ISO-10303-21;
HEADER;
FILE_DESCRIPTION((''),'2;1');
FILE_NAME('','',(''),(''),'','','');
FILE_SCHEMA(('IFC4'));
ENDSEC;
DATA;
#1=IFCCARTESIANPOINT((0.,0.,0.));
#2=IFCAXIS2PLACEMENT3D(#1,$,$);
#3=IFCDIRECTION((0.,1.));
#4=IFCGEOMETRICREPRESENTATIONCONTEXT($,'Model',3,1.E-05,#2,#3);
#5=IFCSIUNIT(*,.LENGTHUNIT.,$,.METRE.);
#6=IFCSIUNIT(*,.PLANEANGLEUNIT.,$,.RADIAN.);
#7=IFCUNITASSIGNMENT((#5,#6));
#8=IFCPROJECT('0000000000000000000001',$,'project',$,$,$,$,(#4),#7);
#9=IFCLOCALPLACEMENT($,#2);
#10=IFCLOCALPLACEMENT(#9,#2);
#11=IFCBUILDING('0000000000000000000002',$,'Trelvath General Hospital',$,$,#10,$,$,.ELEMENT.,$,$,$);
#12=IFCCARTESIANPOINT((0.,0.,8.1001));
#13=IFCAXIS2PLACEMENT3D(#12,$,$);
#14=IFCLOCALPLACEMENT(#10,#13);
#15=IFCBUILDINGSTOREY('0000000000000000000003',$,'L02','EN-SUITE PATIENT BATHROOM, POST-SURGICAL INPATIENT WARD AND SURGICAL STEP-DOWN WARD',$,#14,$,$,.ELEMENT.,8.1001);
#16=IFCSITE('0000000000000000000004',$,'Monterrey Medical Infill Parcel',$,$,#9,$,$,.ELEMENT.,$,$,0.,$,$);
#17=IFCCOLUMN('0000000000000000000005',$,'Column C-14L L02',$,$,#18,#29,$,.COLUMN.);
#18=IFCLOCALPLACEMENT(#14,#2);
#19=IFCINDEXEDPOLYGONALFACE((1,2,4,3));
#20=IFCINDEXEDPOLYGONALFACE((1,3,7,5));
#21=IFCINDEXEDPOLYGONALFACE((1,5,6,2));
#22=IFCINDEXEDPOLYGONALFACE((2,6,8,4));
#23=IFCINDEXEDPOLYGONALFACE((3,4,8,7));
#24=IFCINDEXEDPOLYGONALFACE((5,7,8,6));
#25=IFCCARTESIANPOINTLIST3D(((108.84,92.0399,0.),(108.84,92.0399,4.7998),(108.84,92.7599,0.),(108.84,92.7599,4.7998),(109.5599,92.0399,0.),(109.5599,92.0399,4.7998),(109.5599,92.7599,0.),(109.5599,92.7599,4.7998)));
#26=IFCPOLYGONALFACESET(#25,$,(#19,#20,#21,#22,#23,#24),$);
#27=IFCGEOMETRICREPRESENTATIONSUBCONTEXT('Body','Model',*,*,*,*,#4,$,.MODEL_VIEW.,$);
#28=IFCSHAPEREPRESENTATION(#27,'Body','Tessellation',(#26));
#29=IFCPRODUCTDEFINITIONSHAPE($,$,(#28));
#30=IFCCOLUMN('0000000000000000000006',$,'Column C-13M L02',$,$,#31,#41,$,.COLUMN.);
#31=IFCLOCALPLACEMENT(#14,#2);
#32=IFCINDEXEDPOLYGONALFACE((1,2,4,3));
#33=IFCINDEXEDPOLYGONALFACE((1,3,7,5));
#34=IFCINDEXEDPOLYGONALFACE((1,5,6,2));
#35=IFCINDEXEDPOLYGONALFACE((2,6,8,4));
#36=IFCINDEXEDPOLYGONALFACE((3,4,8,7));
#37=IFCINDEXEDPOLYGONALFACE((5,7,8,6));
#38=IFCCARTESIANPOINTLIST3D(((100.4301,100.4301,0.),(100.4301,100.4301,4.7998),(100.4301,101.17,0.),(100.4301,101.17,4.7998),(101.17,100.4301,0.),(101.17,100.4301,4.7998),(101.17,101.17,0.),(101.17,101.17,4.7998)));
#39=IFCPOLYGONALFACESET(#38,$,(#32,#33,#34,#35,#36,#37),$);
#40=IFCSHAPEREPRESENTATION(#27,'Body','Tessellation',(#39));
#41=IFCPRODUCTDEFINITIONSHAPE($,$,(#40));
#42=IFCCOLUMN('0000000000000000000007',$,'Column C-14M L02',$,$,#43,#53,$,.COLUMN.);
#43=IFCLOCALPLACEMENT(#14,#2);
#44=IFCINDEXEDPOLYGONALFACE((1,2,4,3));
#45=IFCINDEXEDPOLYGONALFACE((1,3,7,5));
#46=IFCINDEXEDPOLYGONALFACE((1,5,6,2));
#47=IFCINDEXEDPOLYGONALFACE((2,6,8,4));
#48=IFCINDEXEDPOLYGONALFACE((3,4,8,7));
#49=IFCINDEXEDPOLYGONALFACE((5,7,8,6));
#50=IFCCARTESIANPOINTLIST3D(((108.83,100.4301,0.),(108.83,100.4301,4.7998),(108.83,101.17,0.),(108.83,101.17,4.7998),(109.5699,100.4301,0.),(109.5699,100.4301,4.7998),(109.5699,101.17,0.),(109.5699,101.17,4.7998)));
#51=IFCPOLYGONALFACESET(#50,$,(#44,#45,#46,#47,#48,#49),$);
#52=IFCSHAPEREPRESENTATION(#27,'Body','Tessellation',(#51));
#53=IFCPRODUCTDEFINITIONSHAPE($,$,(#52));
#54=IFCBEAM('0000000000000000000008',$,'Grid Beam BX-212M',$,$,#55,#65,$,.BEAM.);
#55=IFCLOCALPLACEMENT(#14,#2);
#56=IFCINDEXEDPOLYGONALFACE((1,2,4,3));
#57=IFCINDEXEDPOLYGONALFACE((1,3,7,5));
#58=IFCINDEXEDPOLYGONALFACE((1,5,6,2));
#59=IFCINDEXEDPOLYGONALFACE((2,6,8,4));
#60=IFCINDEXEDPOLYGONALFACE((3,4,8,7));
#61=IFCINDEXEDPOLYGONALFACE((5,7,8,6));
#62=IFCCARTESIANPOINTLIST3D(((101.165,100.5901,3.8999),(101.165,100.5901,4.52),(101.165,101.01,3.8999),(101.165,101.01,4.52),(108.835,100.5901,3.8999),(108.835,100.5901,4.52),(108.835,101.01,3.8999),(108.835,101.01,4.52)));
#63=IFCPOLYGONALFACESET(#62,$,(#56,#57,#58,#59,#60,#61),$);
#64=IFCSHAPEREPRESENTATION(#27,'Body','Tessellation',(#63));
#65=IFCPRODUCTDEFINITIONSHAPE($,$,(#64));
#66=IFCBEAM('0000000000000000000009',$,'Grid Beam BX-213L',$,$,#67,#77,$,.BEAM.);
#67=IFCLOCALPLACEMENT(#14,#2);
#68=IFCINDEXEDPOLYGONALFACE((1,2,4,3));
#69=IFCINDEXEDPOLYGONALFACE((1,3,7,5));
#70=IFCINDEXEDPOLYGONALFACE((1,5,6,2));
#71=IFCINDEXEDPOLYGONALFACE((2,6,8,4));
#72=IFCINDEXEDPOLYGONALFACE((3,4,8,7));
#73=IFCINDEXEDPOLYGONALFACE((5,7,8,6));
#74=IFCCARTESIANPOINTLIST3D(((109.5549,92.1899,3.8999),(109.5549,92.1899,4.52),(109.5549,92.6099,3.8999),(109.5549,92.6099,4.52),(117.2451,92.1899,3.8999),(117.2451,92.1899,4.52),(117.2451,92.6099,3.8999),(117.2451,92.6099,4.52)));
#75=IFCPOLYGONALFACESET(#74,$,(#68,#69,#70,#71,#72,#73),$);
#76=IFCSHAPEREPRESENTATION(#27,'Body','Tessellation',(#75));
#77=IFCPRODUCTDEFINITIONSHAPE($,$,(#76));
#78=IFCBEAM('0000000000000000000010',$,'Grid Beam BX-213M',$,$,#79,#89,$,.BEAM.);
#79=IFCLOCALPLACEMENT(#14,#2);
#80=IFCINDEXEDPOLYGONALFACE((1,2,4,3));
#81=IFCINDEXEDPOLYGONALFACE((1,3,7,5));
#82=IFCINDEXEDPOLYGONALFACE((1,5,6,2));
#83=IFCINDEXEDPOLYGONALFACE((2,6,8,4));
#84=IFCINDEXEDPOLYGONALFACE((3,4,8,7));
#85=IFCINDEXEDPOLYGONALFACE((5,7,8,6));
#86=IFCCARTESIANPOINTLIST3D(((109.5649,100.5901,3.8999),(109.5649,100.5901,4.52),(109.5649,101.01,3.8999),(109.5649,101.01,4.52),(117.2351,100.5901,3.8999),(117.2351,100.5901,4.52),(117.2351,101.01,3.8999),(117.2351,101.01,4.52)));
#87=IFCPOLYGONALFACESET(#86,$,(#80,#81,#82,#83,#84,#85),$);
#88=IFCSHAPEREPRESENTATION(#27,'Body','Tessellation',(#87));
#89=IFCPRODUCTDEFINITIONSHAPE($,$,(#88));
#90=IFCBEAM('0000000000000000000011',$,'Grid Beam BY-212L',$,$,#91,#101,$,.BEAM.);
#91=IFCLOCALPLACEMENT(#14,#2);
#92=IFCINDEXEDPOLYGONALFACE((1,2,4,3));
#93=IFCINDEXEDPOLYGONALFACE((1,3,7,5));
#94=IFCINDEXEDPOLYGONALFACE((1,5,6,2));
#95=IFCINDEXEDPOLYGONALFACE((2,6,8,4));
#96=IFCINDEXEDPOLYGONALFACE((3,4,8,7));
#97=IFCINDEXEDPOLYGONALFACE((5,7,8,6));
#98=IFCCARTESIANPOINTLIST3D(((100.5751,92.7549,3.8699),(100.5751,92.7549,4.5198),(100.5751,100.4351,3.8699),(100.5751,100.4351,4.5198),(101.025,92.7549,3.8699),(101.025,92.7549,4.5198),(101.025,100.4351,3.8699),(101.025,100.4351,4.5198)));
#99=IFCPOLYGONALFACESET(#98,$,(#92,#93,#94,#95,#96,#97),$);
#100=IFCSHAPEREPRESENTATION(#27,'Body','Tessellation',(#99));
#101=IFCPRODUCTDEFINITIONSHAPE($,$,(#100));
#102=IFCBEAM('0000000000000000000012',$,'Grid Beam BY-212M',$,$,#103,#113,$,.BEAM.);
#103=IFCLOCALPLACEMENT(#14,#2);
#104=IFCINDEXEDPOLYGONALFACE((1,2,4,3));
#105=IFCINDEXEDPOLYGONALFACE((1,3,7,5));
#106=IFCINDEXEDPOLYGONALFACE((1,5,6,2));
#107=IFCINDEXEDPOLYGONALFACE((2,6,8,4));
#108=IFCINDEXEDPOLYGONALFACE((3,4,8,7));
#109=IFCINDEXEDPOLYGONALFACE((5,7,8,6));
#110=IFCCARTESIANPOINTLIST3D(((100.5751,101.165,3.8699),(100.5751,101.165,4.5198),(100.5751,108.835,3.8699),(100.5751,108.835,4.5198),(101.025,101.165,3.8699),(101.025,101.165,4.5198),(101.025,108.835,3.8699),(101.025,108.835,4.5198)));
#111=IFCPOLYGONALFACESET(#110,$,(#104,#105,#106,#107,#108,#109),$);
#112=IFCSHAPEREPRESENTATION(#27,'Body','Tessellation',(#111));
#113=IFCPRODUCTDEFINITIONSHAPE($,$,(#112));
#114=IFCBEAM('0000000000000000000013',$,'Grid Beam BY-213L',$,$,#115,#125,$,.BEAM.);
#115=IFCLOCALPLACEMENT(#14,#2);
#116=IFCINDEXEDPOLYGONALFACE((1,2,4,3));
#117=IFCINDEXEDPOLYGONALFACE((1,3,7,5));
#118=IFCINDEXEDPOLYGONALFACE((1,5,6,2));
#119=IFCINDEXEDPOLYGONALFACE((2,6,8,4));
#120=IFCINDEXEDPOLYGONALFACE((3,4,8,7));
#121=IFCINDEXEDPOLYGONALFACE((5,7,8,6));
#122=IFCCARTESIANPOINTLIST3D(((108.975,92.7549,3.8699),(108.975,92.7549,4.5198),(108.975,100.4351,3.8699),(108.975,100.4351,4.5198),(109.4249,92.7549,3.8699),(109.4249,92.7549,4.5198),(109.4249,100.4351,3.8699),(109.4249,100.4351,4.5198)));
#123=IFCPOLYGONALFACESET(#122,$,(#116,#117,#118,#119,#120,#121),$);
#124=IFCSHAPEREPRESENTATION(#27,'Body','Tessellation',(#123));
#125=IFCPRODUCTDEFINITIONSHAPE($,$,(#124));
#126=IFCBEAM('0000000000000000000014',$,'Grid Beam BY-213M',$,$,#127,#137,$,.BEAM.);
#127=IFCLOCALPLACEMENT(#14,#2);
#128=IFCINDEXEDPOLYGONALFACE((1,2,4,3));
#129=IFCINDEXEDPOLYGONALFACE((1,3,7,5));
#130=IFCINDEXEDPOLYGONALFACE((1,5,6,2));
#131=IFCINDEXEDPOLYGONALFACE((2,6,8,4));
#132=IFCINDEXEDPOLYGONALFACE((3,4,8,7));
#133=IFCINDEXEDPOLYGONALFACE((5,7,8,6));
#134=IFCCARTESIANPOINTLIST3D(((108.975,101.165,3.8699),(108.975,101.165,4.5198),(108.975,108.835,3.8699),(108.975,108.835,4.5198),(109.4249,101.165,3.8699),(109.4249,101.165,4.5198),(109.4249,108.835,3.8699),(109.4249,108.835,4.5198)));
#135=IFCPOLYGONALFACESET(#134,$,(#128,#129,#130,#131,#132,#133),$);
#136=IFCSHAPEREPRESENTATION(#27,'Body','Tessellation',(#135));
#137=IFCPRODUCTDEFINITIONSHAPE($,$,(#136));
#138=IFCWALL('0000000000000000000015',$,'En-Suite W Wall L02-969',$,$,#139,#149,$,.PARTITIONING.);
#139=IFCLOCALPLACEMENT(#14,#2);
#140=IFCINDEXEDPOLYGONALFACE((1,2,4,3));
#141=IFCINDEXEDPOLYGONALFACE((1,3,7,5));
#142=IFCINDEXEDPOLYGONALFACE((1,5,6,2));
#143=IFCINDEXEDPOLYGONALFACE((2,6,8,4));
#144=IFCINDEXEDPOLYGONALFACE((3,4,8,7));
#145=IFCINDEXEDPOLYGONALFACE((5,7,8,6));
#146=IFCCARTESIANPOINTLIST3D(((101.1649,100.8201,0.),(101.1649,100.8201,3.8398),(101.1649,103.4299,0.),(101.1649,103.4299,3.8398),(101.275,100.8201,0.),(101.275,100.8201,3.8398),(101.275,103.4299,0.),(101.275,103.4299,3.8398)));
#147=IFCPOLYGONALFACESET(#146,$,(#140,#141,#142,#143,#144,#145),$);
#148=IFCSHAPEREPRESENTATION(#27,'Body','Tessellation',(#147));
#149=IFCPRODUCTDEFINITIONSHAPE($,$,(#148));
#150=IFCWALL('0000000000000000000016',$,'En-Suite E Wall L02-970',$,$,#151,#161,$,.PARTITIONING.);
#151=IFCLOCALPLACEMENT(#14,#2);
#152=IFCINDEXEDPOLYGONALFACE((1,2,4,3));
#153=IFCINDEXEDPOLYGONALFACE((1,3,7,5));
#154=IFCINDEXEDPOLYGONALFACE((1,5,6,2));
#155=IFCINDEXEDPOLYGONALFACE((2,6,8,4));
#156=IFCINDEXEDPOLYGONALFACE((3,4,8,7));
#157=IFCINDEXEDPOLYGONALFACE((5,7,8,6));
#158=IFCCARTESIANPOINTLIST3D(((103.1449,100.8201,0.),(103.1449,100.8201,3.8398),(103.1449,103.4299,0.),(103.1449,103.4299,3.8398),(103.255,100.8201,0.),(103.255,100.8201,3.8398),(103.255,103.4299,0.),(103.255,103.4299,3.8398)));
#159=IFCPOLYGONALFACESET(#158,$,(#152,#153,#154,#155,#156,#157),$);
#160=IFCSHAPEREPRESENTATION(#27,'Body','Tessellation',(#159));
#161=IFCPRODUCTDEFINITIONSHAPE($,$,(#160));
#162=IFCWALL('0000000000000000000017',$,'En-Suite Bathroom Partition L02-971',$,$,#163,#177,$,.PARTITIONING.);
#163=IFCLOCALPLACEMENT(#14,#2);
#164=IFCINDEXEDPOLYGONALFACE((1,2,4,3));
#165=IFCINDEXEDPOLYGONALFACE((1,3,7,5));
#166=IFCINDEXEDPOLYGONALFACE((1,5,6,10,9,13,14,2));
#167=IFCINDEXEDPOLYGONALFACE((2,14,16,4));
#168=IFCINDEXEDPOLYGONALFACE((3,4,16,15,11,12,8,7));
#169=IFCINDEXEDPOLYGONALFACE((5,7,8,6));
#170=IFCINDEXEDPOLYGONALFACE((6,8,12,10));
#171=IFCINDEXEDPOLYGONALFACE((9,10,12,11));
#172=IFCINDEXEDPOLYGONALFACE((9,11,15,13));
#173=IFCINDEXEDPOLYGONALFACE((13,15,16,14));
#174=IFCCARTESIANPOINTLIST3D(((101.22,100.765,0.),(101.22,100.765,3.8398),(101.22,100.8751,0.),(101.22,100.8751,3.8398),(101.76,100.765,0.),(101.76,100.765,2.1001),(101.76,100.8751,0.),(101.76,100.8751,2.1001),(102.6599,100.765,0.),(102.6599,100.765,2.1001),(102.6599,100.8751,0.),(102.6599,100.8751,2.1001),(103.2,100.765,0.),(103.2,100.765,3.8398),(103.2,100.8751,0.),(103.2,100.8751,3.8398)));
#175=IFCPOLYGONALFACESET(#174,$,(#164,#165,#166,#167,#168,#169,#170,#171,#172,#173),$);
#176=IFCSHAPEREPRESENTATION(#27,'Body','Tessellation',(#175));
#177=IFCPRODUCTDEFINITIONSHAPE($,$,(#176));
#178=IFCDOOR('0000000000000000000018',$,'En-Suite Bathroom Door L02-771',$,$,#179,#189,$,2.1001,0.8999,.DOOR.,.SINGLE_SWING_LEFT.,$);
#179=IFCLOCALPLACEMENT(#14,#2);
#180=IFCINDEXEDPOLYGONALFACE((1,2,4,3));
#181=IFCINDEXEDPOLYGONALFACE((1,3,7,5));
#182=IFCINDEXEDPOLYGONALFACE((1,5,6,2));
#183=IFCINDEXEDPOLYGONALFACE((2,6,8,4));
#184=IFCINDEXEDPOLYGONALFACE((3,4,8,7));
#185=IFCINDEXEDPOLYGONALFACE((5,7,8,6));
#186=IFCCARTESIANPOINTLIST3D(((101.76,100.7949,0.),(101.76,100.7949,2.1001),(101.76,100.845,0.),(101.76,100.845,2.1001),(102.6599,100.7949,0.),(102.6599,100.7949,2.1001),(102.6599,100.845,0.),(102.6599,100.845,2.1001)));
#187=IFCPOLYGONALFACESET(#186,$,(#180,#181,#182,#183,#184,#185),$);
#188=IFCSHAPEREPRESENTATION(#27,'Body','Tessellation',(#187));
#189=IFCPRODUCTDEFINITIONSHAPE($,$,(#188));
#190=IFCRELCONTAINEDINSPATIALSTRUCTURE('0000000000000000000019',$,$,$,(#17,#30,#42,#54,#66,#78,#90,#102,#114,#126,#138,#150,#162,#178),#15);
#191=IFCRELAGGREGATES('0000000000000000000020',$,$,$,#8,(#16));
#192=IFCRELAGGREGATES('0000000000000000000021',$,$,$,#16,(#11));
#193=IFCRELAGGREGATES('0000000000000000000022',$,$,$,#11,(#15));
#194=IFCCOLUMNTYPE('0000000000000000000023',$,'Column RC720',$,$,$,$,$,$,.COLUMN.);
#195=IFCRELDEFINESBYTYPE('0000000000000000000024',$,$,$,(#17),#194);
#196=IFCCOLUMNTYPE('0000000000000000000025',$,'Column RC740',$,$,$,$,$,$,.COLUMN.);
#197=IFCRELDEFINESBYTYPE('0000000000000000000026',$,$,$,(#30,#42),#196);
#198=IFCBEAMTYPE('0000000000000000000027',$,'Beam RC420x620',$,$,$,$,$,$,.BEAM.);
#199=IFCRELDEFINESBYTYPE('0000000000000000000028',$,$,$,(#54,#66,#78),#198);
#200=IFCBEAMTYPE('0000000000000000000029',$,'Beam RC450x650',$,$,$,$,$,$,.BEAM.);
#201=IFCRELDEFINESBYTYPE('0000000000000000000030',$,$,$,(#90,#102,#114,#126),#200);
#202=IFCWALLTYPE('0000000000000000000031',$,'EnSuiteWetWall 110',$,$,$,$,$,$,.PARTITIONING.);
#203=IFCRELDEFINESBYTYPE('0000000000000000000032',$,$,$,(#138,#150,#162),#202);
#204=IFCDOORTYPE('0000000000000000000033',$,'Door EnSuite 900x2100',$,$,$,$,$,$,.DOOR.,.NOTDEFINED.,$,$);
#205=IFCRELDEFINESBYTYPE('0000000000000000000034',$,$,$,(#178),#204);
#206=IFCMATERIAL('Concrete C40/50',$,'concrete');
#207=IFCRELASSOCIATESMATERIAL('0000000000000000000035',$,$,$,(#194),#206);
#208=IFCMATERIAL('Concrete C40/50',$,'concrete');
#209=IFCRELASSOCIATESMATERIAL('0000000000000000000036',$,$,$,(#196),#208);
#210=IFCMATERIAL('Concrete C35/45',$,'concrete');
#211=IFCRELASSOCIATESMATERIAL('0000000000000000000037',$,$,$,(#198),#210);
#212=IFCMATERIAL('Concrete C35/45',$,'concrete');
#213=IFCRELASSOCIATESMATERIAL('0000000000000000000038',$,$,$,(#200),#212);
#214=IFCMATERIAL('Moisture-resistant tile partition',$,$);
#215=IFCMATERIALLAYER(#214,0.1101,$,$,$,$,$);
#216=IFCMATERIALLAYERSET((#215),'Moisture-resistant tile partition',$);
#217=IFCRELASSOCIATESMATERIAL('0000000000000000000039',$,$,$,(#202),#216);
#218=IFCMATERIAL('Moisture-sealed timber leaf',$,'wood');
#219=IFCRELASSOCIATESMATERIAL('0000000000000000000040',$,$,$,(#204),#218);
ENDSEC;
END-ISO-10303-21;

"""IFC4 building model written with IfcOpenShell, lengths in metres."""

from ifc_helpers import new_model, si_unit, direction, frame, frame_2d, origin, origin_2d, place, context, subcontext, project, spatial, rectangle, extrude, material, layer, layer_set, material_profile, profile_set, type_object, element, fill, save


model = new_model("IFC4")

# Units and contexts
model_context = context("Model", 3, precision=1e-05, world=origin(), true_north=direction((0.0, 1.0)))
body_context = subcontext(model_context, "Body", "Model", "MODEL_VIEW")
ifc_project = project(units=[si_unit("LENGTHUNIT", "METRE"), si_unit("PLANEANGLEUNIT", "RADIAN")], contexts=[model_context])

# Site, building, storey
site_placement = place(None, origin())
site = spatial("IfcSite", under=ifc_project, at=site_placement, Name="Monterrey Medical Infill Parcel", CompositionType="ELEMENT", RefElevation=0.0)
building_placement = place(site_placement, origin())
building = spatial("IfcBuilding", under=site, at=building_placement, Name="Trelvath General Hospital", CompositionType="ELEMENT")
storey_placement = place(building_placement, frame((0.0, 0.0, 8.1001)))
storey = spatial("IfcBuildingStorey", under=building, at=storey_placement, Name="L02", Description="EN-SUITE PATIENT BATHROOM, POST-SURGICAL INPATIENT WARD AND SURGICAL STEP-DOWN WARD", CompositionType="ELEMENT", Elevation=8.1001)

# Columns
ifc_material_1 = material(Name="Concrete C40/50", Category="concrete")
ifc_material_profile_1 = material_profile(ifc_material_1, rectangle(XDim=0.72, YDim=0.72, at=origin_2d()), Name="RC720x720")
ifc_profile_set_1 = profile_set([ifc_material_profile_1], Name="Concrete C40/50")
column_type_1 = type_object("IfcColumnType", Name="Column RC720", PredefinedType="COLUMN", material=ifc_profile_set_1)
column_placement = place(storey_placement, frame((109.2, 92.3999, 0.0), z_axis=(0.0, 0.0, 1.0), x_axis=(1.0, 0.0, 0.0)))
element("IfcColumn", 1, at=column_placement, inside=storey, type_object=column_type_1, Name="Column C-14L L02", PredefinedType="COLUMN", context=body_context, shape_type="SweptSolid", body=[
    extrude(rectangle(XDim=0.72, YDim=0.72, at=origin_2d()), origin(), (0.0, 0.0, 1.0), 4.7998),
])
ifc_material_2 = material(Name="Concrete C40/50", Category="concrete")
ifc_material_profile_2 = material_profile(ifc_material_2, rectangle(XDim=0.74, YDim=0.74, at=origin_2d()), Name="RC740x740")
ifc_profile_set_2 = profile_set([ifc_material_profile_2], Name="Concrete C40/50")
column_type_2 = type_object("IfcColumnType", Name="Column RC740", PredefinedType="COLUMN", material=ifc_profile_set_2)
for number, where, z_axis, x_axis, name in (
    (2, (100.8, 100.8, 0.0), (0.0, 0.0, 1.0), (1.0, 0.0, 0.0), "Column C-13M L02"),
    (3, (109.2, 100.8, 0.0), (0.0, 0.0, 1.0), (1.0, 0.0, 0.0), "Column C-14M L02"),
):
    element("IfcColumn", number, at=place(storey_placement, frame(where, z_axis=z_axis, x_axis=x_axis)), inside=storey, type_object=column_type_2, Name=name, PredefinedType="COLUMN", context=body_context, shape_type="SweptSolid", body=[
        extrude(rectangle(XDim=0.74, YDim=0.74, at=origin_2d()), origin(), (0.0, 0.0, 1.0), 4.7998),
    ])

# Beams
ifc_material_3 = material(Name="Concrete C35/45", Category="concrete")
ifc_material_profile_3 = material_profile(ifc_material_3, rectangle(XDim=0.4199, YDim=0.6201, at=origin_2d()), Name="RCB420x620")
ifc_profile_set_3 = profile_set([ifc_material_profile_3], Name="Concrete C35/45")
beam_type_1 = type_object("IfcBeamType", Name="Beam RC420x620", PredefinedType="BEAM", material=ifc_profile_set_3)
beam_1_placement = place(storey_placement, frame((101.165, 100.8, 4.21), z_axis=(1.0, 0.0, 0.0), x_axis=(0.0, 1.0, 0.0)))
element("IfcBeam", 4, at=beam_1_placement, inside=storey, type_object=beam_type_1, Name="Grid Beam BX-212M", PredefinedType="BEAM", context=body_context, shape_type="SweptSolid", body=[
    extrude(rectangle(XDim=0.4199, YDim=0.6201, at=origin_2d()), origin(), (0.0, 0.0, 1.0), 7.6699),
])
beam_2_placement = place(storey_placement, frame((109.5549, 92.3999, 4.21), z_axis=(1.0, 0.0, 0.0), x_axis=(0.0, 1.0, 0.0)))
element("IfcBeam", 5, at=beam_2_placement, inside=storey, type_object=beam_type_1, Name="Grid Beam BX-213L", PredefinedType="BEAM", context=body_context, shape_type="SweptSolid", body=[
    extrude(rectangle(XDim=0.4199, YDim=0.6201, at=origin_2d()), origin(), (0.0, 0.0, 1.0), 7.6902),
])
beam_3_placement = place(storey_placement, frame((109.5649, 100.8, 4.21), z_axis=(1.0, 0.0, 0.0), x_axis=(0.0, 1.0, 0.0)))
element("IfcBeam", 6, at=beam_3_placement, inside=storey, type_object=beam_type_1, Name="Grid Beam BX-213M", PredefinedType="BEAM", context=body_context, shape_type="SweptSolid", body=[
    extrude(rectangle(XDim=0.4199, YDim=0.6201, at=origin_2d()), origin(), (0.0, 0.0, 1.0), 7.6702),
])
ifc_material_4 = material(Name="Concrete C35/45", Category="concrete")
ifc_material_profile_4 = material_profile(ifc_material_4, rectangle(XDim=0.45, YDim=0.6499, at=origin_2d()), Name="RCB450x650")
ifc_profile_set_4 = profile_set([ifc_material_profile_4], Name="Concrete C35/45")
beam_type_2 = type_object("IfcBeamType", Name="Beam RC450x650", PredefinedType="BEAM", material=ifc_profile_set_4)
beam_4_placement = place(storey_placement, frame((100.8, 92.7549, 4.1948), z_axis=(0.0, 1.0, 0.0), x_axis=(-1.0, 0.0, 0.0)))
element("IfcBeam", 7, at=beam_4_placement, inside=storey, type_object=beam_type_2, Name="Grid Beam BY-212L", PredefinedType="BEAM", context=body_context, shape_type="SweptSolid", body=[
    extrude(rectangle(XDim=0.45, YDim=0.6499, at=origin_2d()), origin(), (0.0, 0.0, 1.0), 7.6802),
])
beam_5_placement = place(storey_placement, frame((100.8, 101.165, 4.1948), z_axis=(0.0, 1.0, 0.0), x_axis=(-1.0, 0.0, 0.0)))
element("IfcBeam", 8, at=beam_5_placement, inside=storey, type_object=beam_type_2, Name="Grid Beam BY-212M", PredefinedType="BEAM", context=body_context, shape_type="SweptSolid", body=[
    extrude(rectangle(XDim=0.45, YDim=0.6499, at=origin_2d()), origin(), (0.0, 0.0, 1.0), 7.6699),
])
beam_6_placement = place(storey_placement, frame((109.2, 92.7549, 4.1948), z_axis=(0.0, 1.0, 0.0), x_axis=(-1.0, 0.0, 0.0)))
element("IfcBeam", 9, at=beam_6_placement, inside=storey, type_object=beam_type_2, Name="Grid Beam BY-213L", PredefinedType="BEAM", context=body_context, shape_type="SweptSolid", body=[
    extrude(rectangle(XDim=0.45, YDim=0.6499, at=origin_2d()), origin(), (0.0, 0.0, 1.0), 7.6802),
])
beam_7_placement = place(storey_placement, frame((109.2, 101.165, 4.1948), z_axis=(0.0, 1.0, 0.0), x_axis=(-1.0, 0.0, 0.0)))
element("IfcBeam", 10, at=beam_7_placement, inside=storey, type_object=beam_type_2, Name="Grid Beam BY-213M", PredefinedType="BEAM", context=body_context, shape_type="SweptSolid", body=[
    extrude(rectangle(XDim=0.45, YDim=0.6499, at=origin_2d()), origin(), (0.0, 0.0, 1.0), 7.6699),
])

# Walls
ifc_material_5 = material(Name="Moisture-resistant tile partition")
ifc_layer_1 = layer(ifc_material_5, 0.1101)
ifc_layer_set_1 = layer_set([ifc_layer_1], Name="Moisture-resistant tile partition")
wall_type_1 = type_object("IfcWallType", Name="EnSuiteWetWall 110", PredefinedType="PARTITIONING", material=ifc_layer_set_1)
for number, where, z_axis, x_axis, name in (
    (11, (101.22, 100.8201, 0.0), (0.0, 0.0, 1.0), (0.0, 1.0, 0.0), "En-Suite W Wall L02-969"),
    (12, (103.2, 100.8201, 0.0), (0.0, 0.0, 1.0), (0.0, 1.0, 0.0), "En-Suite E Wall L02-970"),
):
    element("IfcWall", number, at=place(storey_placement, frame(where, z_axis=z_axis, x_axis=x_axis)), inside=storey, type_object=wall_type_1, Name=name, PredefinedType="PARTITIONING", context=body_context, shape_type="SweptSolid", body=[
        extrude(rectangle(XDim=2.6099, YDim=0.1101, at=frame_2d((1.3049, 0.0))), origin(), (0.0, 0.0, 1.0), 3.8398),
    ])

# Wall, opening, door
wall_1_placement = place(storey_placement, frame((101.22, 100.8201, 0.0), z_axis=(0.0, 0.0, 1.0), x_axis=(1.0, 0.0, 0.0)))
wall_1 = element("IfcWall", 13, at=wall_1_placement, inside=storey, type_object=wall_type_1, Name="En-Suite Bathroom Partition L02-971", PredefinedType="PARTITIONING", context=body_context, shape_type="SweptSolid", body=[
    extrude(rectangle(XDim=1.98, YDim=0.1101, at=frame_2d((0.99, 0.0))), origin(), (0.0, 0.0, 1.0), 3.8398),
])
opening_1_placement = place(wall_1_placement, frame((0.54, 0.0, 0.0)))
opening_1 = element("IfcOpeningElement", 14, at=opening_1_placement, cuts=wall_1, PredefinedType="OPENING", context=body_context, shape_type="SweptSolid", body=[
    extrude(rectangle(XDim=0.8999, YDim=2.1001, at=frame_2d((0.45, 1.05))), frame((0.0, 0.0649, 0.0), z_axis=(0.0, -1.0, 0.0), x_axis=(1.0, 0.0, 0.0)), (0.0, 0.0, 1.0), 0.1301),
])
ifc_material_6 = material(Name="Moisture-sealed timber leaf", Category="wood")
door_type = type_object("IfcDoorType", Name="Door EnSuite 900x2100", OperationType="NOTDEFINED", PredefinedType="DOOR", material=ifc_material_6)
door_1_placement = place(opening_1_placement, origin())
door_1 = element("IfcDoor", 15, at=door_1_placement, inside=storey, type_object=door_type, Name="En-Suite Bathroom Door L02-771", OperationType="SINGLE_SWING_LEFT", OverallHeight=2.1001, OverallWidth=0.8999, PredefinedType="DOOR", context=body_context, shape_type="SweptSolid", body=[
    extrude(rectangle(XDim=0.8999, YDim=2.1001, at=frame_2d((0.45, 1.05))), frame((0.0, 0.0249, 0.0), z_axis=(0.0, -1.0, 0.0), x_axis=(1.0, 0.0, 0.0)), (0.0, 0.0, 1.0), 0.05),
])
fill(opening_1, door_1)

save(model, "model.ifc")
